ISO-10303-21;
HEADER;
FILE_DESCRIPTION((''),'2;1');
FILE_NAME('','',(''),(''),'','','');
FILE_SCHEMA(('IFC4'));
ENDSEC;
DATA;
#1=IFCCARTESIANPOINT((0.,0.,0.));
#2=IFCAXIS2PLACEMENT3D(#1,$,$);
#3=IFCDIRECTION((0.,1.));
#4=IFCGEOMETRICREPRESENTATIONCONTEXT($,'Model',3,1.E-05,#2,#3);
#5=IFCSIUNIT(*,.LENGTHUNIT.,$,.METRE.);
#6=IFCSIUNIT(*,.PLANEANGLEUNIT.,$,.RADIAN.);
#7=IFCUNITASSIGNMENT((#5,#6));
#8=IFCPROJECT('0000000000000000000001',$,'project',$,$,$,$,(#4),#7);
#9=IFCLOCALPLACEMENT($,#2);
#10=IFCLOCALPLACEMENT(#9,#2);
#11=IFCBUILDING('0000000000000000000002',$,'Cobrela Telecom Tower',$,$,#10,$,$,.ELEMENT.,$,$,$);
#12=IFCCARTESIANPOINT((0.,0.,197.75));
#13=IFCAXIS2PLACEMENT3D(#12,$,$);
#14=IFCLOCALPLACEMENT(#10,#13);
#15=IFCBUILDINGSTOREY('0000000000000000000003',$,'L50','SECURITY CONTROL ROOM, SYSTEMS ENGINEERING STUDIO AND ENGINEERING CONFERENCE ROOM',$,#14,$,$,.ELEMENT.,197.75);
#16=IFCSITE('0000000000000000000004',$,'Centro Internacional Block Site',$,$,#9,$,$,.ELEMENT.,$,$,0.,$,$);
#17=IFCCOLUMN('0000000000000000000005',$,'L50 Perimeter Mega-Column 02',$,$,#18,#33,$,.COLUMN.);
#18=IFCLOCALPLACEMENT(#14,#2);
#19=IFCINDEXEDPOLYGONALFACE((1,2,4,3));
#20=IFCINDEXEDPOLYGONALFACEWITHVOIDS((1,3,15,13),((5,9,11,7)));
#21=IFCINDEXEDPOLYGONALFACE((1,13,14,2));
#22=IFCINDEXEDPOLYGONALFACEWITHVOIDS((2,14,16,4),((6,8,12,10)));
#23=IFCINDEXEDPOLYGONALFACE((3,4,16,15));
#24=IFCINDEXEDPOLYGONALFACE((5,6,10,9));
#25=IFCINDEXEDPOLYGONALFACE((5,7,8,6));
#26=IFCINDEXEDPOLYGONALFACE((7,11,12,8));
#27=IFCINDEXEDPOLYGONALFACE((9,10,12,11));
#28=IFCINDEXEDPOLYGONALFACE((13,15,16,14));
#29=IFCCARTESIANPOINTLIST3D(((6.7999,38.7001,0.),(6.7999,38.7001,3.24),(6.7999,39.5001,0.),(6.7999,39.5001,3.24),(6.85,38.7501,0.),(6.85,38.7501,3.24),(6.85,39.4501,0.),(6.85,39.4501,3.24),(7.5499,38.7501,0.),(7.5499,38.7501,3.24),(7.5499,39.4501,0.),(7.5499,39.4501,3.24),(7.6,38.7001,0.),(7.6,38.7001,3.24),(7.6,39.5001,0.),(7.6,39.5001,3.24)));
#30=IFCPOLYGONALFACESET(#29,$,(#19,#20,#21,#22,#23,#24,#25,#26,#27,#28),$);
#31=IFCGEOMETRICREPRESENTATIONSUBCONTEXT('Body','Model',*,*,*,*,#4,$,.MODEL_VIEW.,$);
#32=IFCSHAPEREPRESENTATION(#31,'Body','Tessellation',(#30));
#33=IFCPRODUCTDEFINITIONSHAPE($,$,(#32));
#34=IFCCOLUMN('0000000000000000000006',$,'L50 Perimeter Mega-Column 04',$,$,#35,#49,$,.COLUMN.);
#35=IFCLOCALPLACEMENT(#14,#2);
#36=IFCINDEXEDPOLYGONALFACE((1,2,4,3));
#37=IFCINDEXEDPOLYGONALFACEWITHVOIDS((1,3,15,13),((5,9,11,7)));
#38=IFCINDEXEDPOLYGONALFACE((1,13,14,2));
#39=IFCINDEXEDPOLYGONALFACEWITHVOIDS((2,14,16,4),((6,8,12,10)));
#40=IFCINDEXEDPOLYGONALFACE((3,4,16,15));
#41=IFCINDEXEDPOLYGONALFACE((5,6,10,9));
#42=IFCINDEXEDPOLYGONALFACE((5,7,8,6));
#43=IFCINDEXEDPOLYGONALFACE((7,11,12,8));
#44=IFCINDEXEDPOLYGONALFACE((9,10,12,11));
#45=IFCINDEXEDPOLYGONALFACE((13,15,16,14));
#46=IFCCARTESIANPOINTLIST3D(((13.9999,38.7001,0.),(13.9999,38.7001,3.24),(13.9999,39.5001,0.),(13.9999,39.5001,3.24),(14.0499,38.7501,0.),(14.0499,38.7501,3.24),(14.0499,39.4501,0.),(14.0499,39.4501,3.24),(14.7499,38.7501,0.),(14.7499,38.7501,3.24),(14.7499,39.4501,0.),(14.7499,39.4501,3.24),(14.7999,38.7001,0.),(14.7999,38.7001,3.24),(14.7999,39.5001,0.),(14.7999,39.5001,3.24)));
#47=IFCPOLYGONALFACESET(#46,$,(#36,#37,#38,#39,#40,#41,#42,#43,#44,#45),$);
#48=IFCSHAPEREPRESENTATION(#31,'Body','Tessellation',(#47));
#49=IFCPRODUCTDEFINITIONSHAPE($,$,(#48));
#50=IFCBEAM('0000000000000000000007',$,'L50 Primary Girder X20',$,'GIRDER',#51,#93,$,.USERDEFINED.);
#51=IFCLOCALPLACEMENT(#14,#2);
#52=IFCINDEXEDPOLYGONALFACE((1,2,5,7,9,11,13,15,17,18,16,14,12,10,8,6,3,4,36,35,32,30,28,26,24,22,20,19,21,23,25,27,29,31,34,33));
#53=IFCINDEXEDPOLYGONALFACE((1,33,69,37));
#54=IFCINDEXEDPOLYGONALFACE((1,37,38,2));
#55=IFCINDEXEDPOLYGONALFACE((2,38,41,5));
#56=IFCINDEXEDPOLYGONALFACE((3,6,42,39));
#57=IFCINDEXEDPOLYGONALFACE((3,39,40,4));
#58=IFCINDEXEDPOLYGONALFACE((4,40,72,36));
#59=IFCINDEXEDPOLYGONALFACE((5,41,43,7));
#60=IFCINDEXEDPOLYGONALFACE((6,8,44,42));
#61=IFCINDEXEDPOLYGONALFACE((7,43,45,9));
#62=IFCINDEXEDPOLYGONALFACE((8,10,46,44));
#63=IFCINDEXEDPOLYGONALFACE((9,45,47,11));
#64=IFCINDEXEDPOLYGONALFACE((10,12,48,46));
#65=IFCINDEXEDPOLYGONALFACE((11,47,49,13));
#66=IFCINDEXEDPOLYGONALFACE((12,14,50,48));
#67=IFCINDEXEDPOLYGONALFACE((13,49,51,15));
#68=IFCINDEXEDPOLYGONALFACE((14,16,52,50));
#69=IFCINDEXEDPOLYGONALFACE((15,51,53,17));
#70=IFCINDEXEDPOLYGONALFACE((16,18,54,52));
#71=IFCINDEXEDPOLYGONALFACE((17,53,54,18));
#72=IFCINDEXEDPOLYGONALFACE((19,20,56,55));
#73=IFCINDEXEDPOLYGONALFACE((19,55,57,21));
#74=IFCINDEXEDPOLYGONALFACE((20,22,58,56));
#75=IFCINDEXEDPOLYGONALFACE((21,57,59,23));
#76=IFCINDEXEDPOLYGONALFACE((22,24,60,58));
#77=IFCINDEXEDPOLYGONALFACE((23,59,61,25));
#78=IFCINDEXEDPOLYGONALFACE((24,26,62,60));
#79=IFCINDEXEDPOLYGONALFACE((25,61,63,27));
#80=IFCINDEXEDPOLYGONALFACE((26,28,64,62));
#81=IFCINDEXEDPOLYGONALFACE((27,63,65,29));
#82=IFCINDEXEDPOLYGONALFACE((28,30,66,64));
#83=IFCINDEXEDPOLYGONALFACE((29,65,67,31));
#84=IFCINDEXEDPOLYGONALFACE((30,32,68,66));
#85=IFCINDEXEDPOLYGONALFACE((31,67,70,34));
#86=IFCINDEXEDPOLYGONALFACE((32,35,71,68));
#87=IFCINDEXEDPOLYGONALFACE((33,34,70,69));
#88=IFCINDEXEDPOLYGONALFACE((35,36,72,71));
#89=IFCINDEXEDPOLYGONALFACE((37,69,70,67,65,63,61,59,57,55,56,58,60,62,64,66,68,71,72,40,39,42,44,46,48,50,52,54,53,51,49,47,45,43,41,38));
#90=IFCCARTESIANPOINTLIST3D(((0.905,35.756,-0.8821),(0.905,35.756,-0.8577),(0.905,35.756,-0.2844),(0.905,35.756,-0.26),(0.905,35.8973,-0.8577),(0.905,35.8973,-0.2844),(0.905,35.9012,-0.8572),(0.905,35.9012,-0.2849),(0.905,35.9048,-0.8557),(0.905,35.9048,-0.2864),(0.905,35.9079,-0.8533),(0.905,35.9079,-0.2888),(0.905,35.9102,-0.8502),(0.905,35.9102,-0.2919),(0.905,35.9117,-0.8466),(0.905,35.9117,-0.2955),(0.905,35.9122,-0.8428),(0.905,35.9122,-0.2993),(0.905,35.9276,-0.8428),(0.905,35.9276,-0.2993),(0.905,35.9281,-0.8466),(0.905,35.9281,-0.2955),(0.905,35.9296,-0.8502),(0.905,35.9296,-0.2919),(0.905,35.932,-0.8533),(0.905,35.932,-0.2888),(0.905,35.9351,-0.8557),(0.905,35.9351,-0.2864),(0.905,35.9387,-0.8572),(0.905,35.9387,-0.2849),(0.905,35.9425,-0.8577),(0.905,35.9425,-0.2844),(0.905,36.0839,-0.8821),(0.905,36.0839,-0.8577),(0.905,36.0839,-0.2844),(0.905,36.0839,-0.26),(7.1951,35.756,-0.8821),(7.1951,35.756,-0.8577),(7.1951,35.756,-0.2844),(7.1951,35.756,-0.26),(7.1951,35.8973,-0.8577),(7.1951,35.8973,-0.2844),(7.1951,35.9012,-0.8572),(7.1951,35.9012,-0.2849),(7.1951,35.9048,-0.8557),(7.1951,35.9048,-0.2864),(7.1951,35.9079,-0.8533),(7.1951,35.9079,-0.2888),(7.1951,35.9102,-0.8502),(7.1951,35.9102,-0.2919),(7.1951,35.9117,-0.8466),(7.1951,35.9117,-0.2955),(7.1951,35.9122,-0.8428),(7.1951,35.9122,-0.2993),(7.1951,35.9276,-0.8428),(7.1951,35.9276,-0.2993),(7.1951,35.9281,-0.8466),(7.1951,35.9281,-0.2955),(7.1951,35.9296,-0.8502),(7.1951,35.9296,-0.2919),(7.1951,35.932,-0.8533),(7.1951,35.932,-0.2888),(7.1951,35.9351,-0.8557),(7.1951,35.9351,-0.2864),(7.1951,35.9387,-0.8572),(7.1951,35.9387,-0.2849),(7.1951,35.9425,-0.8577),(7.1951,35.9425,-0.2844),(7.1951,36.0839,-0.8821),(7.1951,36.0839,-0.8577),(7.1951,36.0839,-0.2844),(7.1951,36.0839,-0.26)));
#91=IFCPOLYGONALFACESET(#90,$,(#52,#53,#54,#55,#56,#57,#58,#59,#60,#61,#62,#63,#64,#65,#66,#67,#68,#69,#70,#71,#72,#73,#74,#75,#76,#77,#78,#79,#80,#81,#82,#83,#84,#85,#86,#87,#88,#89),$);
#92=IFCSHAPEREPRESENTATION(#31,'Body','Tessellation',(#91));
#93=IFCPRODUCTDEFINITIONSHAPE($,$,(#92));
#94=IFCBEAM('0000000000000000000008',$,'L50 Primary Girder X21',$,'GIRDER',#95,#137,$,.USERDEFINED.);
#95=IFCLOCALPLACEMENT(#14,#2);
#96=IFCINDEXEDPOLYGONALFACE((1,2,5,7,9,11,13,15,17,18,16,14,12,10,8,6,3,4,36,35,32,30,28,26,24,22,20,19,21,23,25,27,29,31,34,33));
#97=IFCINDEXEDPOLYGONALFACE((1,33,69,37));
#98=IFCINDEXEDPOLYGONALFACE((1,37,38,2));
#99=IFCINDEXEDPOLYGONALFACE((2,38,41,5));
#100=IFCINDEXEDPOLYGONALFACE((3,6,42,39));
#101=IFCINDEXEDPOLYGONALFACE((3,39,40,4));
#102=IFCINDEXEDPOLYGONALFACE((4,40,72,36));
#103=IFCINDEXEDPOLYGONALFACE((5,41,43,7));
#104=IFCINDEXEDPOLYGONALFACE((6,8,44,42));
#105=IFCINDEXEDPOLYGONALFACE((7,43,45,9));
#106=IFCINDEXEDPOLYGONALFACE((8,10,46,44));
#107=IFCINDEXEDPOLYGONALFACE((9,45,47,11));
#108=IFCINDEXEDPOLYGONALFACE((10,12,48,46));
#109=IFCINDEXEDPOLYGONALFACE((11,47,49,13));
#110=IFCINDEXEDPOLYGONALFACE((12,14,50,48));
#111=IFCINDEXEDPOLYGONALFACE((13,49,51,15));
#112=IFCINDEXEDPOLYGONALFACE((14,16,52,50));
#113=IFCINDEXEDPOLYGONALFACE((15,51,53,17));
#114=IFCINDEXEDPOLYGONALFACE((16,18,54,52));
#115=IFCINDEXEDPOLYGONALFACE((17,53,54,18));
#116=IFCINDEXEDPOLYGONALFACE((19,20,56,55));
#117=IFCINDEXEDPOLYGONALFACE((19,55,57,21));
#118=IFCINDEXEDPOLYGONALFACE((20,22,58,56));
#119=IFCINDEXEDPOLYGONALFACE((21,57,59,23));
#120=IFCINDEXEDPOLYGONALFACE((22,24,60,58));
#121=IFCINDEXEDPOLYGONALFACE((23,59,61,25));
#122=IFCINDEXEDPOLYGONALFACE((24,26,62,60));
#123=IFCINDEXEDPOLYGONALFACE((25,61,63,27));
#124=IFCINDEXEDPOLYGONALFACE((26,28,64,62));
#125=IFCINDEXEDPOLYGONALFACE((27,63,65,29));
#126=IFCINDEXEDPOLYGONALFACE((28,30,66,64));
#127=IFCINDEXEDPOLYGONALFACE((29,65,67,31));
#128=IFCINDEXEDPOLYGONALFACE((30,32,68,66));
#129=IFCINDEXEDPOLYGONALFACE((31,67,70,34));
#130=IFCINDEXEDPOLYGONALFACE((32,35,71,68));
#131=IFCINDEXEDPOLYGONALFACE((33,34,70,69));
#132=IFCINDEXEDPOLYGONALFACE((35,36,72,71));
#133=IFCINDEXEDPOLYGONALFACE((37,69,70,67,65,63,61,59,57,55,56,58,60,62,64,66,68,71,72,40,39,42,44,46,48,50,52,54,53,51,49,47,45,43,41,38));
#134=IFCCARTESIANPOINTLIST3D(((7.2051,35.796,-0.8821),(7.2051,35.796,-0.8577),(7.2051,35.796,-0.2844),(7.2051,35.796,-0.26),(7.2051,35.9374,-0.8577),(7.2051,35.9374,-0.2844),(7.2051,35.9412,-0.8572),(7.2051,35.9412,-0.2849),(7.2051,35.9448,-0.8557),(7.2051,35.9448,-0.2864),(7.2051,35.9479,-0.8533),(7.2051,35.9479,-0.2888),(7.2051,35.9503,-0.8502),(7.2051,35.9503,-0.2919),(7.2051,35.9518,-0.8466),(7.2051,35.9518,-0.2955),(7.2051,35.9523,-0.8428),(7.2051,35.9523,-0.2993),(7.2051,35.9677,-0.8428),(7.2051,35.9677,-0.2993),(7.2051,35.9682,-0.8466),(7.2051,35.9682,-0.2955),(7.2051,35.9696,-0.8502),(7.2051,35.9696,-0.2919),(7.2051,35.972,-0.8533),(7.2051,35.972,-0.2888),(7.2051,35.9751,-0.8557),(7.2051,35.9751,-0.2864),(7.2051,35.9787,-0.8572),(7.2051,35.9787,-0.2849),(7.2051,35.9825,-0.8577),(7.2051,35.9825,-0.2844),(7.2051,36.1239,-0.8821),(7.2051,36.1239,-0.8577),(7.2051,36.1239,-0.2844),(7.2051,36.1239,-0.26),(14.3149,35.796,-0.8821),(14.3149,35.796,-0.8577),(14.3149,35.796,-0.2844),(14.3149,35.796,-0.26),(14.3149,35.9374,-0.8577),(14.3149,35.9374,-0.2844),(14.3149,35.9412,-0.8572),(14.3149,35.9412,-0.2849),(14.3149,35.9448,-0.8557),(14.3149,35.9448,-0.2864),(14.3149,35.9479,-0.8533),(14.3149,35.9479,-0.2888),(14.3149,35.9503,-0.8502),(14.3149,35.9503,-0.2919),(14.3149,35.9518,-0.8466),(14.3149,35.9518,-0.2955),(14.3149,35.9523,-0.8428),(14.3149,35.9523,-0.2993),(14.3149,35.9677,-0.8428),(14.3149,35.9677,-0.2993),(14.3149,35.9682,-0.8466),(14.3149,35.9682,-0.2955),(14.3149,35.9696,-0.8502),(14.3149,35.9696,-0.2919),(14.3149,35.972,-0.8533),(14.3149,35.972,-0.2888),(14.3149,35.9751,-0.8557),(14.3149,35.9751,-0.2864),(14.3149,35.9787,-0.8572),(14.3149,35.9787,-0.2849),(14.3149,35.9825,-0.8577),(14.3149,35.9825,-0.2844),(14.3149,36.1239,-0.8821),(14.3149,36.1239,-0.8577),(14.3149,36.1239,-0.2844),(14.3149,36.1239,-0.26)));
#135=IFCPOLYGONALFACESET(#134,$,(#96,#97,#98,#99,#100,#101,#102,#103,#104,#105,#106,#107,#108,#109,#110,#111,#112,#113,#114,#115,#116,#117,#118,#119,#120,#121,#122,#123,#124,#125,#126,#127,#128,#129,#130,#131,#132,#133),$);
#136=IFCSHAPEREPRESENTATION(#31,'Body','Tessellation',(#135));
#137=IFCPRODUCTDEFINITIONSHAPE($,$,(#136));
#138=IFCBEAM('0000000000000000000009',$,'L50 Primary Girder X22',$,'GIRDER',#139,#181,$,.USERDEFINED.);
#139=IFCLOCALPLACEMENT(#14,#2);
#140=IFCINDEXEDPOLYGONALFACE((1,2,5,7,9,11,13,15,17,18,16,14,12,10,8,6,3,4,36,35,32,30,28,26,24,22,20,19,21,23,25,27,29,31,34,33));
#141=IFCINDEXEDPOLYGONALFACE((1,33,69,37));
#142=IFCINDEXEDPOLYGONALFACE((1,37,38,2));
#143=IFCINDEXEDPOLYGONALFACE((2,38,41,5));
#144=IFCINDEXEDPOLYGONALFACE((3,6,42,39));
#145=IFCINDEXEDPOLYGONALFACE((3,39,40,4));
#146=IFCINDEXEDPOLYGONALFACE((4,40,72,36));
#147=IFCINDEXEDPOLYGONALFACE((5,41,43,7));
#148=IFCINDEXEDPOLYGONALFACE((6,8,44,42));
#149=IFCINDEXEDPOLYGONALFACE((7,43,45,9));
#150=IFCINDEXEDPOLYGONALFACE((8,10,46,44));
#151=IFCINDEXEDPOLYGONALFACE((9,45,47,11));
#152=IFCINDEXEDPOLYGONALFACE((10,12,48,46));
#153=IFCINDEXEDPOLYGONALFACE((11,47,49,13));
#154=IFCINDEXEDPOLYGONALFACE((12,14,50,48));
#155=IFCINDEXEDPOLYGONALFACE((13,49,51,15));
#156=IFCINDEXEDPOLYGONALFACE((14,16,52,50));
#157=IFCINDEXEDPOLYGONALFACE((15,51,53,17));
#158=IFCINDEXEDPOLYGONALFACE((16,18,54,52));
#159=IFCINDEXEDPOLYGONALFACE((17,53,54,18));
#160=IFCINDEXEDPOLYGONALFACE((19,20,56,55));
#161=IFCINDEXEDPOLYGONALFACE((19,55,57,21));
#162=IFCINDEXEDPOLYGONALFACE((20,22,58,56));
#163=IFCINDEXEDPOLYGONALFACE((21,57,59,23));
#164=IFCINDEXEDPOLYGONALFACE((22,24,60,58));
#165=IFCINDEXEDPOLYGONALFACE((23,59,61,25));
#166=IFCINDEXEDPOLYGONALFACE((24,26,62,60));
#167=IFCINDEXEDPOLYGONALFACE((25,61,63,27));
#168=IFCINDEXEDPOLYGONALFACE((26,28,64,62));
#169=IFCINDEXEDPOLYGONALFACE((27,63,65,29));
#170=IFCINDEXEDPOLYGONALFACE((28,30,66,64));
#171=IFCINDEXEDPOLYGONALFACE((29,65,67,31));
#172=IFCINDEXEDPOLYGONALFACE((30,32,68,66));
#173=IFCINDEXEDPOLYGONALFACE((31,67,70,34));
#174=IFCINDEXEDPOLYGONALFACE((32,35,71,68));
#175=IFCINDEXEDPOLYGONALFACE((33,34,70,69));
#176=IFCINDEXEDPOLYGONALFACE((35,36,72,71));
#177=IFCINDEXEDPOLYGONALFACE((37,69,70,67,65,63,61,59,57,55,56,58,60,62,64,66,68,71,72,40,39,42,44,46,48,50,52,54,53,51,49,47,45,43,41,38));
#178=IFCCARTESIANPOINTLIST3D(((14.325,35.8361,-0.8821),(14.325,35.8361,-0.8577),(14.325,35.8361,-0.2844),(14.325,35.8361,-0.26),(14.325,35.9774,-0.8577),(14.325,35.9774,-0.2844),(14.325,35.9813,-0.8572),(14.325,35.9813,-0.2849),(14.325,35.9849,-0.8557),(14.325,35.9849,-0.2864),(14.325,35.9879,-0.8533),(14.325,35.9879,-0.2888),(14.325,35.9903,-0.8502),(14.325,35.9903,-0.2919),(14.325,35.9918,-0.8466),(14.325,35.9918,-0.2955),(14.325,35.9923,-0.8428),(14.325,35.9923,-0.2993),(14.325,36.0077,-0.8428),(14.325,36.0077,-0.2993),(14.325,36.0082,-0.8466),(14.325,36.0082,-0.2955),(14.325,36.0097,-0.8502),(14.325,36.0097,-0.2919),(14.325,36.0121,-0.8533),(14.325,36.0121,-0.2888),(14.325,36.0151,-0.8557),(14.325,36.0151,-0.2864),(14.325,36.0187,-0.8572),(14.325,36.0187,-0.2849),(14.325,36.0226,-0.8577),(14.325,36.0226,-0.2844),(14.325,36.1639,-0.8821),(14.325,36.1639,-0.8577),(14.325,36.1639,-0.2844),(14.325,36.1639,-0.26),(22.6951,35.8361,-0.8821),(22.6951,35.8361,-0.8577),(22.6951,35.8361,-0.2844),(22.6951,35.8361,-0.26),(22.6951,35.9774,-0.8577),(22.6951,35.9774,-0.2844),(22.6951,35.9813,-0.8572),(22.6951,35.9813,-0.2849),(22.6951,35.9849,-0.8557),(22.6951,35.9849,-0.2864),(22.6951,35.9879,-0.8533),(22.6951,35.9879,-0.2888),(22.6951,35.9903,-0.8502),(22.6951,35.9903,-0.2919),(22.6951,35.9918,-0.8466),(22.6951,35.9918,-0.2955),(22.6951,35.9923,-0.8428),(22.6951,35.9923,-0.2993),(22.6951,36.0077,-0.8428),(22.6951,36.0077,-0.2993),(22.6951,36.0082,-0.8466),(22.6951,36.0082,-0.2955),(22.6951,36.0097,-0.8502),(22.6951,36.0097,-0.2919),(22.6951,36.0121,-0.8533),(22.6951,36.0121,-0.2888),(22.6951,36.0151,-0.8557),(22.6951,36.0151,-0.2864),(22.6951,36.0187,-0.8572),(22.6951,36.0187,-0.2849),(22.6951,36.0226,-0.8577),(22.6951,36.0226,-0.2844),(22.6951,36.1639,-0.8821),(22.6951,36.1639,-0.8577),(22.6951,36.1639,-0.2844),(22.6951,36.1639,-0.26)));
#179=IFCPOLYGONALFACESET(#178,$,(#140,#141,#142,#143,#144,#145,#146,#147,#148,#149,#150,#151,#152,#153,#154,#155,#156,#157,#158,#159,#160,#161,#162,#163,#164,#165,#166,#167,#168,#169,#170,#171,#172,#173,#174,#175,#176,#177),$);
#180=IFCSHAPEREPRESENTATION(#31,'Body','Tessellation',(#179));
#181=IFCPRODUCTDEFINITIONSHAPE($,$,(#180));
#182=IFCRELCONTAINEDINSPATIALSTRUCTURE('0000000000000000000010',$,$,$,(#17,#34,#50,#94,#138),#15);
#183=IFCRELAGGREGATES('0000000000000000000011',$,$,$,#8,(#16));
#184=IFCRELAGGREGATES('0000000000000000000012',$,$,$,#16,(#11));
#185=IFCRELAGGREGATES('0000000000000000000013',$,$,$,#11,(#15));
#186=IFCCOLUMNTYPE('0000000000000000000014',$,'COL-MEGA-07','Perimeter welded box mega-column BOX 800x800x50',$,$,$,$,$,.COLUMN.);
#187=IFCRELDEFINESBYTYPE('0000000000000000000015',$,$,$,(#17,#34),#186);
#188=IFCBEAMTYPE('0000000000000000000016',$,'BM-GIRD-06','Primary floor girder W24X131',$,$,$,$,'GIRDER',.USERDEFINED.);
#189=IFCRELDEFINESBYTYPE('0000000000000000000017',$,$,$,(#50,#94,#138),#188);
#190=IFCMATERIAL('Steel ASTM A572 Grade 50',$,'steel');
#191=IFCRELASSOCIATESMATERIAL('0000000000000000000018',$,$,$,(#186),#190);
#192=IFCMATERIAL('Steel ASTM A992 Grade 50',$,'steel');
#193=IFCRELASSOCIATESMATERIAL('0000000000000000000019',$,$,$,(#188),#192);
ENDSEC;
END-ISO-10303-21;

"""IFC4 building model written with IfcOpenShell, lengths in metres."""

from ifc_helpers import new_model, si_unit, direction, frame, origin, origin_2d, place, context, subcontext, project, spatial, hollow_rectangle, i_section, extrude, material, material_profile, profile_set, type_object, element, save


model = new_model("IFC4")

# Units and contexts
model_context = context("Model", 3, precision=1e-05, world=origin(), true_north=direction((0.0, 1.0)))
body_context = subcontext(model_context, "Body", "Model", "MODEL_VIEW")
ifc_project = project(units=[si_unit("LENGTHUNIT", "METRE"), si_unit("PLANEANGLEUNIT", "RADIAN")], contexts=[model_context])

# Site, building, storey
site_placement = place(None, origin())
site = spatial("IfcSite", under=ifc_project, at=site_placement, Name="Centro Internacional Block Site", CompositionType="ELEMENT", RefElevation=0.0)
building_placement = place(site_placement, origin())
building = spatial("IfcBuilding", under=site, at=building_placement, Name="Cobrela Telecom Tower", CompositionType="ELEMENT")
storey_placement = place(building_placement, frame((0.0, 0.0, 197.75)))
storey = spatial("IfcBuildingStorey", under=building, at=storey_placement, Name="L50", Description="SECURITY CONTROL ROOM, SYSTEMS ENGINEERING STUDIO AND ENGINEERING CONFERENCE ROOM", CompositionType="ELEMENT", Elevation=197.75)

# Columns
ifc_material_1 = material(Name="Steel ASTM A572 Grade 50", Category="steel")
ifc_material_profile_1 = material_profile(ifc_material_1, hollow_rectangle(XDim=0.8, YDim=0.8, WallThickness=0.05, at=origin_2d()), Name="BOX 800x800x50")
ifc_profile_set_1 = profile_set([ifc_material_profile_1], Name="Steel ASTM A572 Grade 50")
column_type = type_object("IfcColumnType", Name="COL-MEGA-07", Description="Perimeter welded box mega-column BOX 800x800x50", PredefinedType="COLUMN", material=ifc_profile_set_1)
for number, where, z_axis, x_axis, name in (
    (1, (7.2, 39.1001, 0.0), (0.0, 0.0, 1.0), (1.0, 0.0, 0.0), "L50 Perimeter Mega-Column 02"),
    (2, (14.3999, 39.1001, 0.0), (0.0, 0.0, 1.0), (1.0, 0.0, 0.0), "L50 Perimeter Mega-Column 04"),
):
    element("IfcColumn", number, at=place(storey_placement, frame(where, z_axis=z_axis, x_axis=x_axis)), inside=storey, type_object=column_type, Name=name, PredefinedType="COLUMN", context=body_context, shape_type="SweptSolid", body=[
        extrude(hollow_rectangle(XDim=0.8, YDim=0.8, WallThickness=0.05, at=origin_2d()), origin(), (0.0, 0.0, 1.0), 3.24),
    ])

# Beams
ifc_material_2 = material(Name="Steel ASTM A992 Grade 50", Category="steel")
ifc_material_profile_2 = material_profile(ifc_material_2, i_section(OverallWidth=0.3279, OverallDepth=0.6221, WebThickness=0.0154, FlangeThickness=0.0244, FilletRadius=0.0149, at=origin_2d()), Name="W24X131")
ifc_profile_set_2 = profile_set([ifc_material_profile_2], Name="Steel ASTM A992 Grade 50")
beam_type_1 = type_object("IfcBeamType", Name="BM-GIRD-06", Description="Primary floor girder W24X131", ElementType="GIRDER", PredefinedType="USERDEFINED", material=ifc_profile_set_2)
beam_1_placement = place(storey_placement, frame((0.905, 35.9199, -0.571), z_axis=(1.0, 0.0, 0.0), x_axis=(0.0, 1.0, 0.0)))
element("IfcBeam", 3, at=beam_1_placement, inside=storey, type_object=beam_type_1, Name="L50 Primary Girder X20", ObjectType="GIRDER", PredefinedType="USERDEFINED", context=body_context, shape_type="SweptSolid", body=[
    extrude(i_section(OverallWidth=0.3279, OverallDepth=0.6221, WebThickness=0.0154, FlangeThickness=0.0244, FilletRadius=0.0149, at=origin_2d()), origin(), (0.0, 0.0, 1.0), 6.29),
])
beam_2_placement = place(storey_placement, frame((7.2051, 35.96, -0.571), z_axis=(1.0, 0.0, 0.0), x_axis=(0.0, 1.0, 0.0)))
element("IfcBeam", 4, at=beam_2_placement, inside=storey, type_object=beam_type_1, Name="L50 Primary Girder X21", ObjectType="GIRDER", PredefinedType="USERDEFINED", context=body_context, shape_type="SweptSolid", body=[
    extrude(i_section(OverallWidth=0.3279, OverallDepth=0.6221, WebThickness=0.0154, FlangeThickness=0.0244, FilletRadius=0.0149, at=origin_2d()), origin(), (0.0, 0.0, 1.0), 7.1099),
])
beam_3_placement = place(storey_placement, frame((14.325, 36.0, -0.571), z_axis=(1.0, 0.0, 0.0), x_axis=(0.0, 1.0, 0.0)))
element("IfcBeam", 5, at=beam_3_placement, inside=storey, type_object=beam_type_1, Name="L50 Primary Girder X22", ObjectType="GIRDER", PredefinedType="USERDEFINED", context=body_context, shape_type="SweptSolid", body=[
    extrude(i_section(OverallWidth=0.3279, OverallDepth=0.6221, WebThickness=0.0154, FlangeThickness=0.0244, FilletRadius=0.0149, at=origin_2d()), origin(), (0.0, 0.0, 1.0), 8.3701),
])

save(model, "model.ifc")
